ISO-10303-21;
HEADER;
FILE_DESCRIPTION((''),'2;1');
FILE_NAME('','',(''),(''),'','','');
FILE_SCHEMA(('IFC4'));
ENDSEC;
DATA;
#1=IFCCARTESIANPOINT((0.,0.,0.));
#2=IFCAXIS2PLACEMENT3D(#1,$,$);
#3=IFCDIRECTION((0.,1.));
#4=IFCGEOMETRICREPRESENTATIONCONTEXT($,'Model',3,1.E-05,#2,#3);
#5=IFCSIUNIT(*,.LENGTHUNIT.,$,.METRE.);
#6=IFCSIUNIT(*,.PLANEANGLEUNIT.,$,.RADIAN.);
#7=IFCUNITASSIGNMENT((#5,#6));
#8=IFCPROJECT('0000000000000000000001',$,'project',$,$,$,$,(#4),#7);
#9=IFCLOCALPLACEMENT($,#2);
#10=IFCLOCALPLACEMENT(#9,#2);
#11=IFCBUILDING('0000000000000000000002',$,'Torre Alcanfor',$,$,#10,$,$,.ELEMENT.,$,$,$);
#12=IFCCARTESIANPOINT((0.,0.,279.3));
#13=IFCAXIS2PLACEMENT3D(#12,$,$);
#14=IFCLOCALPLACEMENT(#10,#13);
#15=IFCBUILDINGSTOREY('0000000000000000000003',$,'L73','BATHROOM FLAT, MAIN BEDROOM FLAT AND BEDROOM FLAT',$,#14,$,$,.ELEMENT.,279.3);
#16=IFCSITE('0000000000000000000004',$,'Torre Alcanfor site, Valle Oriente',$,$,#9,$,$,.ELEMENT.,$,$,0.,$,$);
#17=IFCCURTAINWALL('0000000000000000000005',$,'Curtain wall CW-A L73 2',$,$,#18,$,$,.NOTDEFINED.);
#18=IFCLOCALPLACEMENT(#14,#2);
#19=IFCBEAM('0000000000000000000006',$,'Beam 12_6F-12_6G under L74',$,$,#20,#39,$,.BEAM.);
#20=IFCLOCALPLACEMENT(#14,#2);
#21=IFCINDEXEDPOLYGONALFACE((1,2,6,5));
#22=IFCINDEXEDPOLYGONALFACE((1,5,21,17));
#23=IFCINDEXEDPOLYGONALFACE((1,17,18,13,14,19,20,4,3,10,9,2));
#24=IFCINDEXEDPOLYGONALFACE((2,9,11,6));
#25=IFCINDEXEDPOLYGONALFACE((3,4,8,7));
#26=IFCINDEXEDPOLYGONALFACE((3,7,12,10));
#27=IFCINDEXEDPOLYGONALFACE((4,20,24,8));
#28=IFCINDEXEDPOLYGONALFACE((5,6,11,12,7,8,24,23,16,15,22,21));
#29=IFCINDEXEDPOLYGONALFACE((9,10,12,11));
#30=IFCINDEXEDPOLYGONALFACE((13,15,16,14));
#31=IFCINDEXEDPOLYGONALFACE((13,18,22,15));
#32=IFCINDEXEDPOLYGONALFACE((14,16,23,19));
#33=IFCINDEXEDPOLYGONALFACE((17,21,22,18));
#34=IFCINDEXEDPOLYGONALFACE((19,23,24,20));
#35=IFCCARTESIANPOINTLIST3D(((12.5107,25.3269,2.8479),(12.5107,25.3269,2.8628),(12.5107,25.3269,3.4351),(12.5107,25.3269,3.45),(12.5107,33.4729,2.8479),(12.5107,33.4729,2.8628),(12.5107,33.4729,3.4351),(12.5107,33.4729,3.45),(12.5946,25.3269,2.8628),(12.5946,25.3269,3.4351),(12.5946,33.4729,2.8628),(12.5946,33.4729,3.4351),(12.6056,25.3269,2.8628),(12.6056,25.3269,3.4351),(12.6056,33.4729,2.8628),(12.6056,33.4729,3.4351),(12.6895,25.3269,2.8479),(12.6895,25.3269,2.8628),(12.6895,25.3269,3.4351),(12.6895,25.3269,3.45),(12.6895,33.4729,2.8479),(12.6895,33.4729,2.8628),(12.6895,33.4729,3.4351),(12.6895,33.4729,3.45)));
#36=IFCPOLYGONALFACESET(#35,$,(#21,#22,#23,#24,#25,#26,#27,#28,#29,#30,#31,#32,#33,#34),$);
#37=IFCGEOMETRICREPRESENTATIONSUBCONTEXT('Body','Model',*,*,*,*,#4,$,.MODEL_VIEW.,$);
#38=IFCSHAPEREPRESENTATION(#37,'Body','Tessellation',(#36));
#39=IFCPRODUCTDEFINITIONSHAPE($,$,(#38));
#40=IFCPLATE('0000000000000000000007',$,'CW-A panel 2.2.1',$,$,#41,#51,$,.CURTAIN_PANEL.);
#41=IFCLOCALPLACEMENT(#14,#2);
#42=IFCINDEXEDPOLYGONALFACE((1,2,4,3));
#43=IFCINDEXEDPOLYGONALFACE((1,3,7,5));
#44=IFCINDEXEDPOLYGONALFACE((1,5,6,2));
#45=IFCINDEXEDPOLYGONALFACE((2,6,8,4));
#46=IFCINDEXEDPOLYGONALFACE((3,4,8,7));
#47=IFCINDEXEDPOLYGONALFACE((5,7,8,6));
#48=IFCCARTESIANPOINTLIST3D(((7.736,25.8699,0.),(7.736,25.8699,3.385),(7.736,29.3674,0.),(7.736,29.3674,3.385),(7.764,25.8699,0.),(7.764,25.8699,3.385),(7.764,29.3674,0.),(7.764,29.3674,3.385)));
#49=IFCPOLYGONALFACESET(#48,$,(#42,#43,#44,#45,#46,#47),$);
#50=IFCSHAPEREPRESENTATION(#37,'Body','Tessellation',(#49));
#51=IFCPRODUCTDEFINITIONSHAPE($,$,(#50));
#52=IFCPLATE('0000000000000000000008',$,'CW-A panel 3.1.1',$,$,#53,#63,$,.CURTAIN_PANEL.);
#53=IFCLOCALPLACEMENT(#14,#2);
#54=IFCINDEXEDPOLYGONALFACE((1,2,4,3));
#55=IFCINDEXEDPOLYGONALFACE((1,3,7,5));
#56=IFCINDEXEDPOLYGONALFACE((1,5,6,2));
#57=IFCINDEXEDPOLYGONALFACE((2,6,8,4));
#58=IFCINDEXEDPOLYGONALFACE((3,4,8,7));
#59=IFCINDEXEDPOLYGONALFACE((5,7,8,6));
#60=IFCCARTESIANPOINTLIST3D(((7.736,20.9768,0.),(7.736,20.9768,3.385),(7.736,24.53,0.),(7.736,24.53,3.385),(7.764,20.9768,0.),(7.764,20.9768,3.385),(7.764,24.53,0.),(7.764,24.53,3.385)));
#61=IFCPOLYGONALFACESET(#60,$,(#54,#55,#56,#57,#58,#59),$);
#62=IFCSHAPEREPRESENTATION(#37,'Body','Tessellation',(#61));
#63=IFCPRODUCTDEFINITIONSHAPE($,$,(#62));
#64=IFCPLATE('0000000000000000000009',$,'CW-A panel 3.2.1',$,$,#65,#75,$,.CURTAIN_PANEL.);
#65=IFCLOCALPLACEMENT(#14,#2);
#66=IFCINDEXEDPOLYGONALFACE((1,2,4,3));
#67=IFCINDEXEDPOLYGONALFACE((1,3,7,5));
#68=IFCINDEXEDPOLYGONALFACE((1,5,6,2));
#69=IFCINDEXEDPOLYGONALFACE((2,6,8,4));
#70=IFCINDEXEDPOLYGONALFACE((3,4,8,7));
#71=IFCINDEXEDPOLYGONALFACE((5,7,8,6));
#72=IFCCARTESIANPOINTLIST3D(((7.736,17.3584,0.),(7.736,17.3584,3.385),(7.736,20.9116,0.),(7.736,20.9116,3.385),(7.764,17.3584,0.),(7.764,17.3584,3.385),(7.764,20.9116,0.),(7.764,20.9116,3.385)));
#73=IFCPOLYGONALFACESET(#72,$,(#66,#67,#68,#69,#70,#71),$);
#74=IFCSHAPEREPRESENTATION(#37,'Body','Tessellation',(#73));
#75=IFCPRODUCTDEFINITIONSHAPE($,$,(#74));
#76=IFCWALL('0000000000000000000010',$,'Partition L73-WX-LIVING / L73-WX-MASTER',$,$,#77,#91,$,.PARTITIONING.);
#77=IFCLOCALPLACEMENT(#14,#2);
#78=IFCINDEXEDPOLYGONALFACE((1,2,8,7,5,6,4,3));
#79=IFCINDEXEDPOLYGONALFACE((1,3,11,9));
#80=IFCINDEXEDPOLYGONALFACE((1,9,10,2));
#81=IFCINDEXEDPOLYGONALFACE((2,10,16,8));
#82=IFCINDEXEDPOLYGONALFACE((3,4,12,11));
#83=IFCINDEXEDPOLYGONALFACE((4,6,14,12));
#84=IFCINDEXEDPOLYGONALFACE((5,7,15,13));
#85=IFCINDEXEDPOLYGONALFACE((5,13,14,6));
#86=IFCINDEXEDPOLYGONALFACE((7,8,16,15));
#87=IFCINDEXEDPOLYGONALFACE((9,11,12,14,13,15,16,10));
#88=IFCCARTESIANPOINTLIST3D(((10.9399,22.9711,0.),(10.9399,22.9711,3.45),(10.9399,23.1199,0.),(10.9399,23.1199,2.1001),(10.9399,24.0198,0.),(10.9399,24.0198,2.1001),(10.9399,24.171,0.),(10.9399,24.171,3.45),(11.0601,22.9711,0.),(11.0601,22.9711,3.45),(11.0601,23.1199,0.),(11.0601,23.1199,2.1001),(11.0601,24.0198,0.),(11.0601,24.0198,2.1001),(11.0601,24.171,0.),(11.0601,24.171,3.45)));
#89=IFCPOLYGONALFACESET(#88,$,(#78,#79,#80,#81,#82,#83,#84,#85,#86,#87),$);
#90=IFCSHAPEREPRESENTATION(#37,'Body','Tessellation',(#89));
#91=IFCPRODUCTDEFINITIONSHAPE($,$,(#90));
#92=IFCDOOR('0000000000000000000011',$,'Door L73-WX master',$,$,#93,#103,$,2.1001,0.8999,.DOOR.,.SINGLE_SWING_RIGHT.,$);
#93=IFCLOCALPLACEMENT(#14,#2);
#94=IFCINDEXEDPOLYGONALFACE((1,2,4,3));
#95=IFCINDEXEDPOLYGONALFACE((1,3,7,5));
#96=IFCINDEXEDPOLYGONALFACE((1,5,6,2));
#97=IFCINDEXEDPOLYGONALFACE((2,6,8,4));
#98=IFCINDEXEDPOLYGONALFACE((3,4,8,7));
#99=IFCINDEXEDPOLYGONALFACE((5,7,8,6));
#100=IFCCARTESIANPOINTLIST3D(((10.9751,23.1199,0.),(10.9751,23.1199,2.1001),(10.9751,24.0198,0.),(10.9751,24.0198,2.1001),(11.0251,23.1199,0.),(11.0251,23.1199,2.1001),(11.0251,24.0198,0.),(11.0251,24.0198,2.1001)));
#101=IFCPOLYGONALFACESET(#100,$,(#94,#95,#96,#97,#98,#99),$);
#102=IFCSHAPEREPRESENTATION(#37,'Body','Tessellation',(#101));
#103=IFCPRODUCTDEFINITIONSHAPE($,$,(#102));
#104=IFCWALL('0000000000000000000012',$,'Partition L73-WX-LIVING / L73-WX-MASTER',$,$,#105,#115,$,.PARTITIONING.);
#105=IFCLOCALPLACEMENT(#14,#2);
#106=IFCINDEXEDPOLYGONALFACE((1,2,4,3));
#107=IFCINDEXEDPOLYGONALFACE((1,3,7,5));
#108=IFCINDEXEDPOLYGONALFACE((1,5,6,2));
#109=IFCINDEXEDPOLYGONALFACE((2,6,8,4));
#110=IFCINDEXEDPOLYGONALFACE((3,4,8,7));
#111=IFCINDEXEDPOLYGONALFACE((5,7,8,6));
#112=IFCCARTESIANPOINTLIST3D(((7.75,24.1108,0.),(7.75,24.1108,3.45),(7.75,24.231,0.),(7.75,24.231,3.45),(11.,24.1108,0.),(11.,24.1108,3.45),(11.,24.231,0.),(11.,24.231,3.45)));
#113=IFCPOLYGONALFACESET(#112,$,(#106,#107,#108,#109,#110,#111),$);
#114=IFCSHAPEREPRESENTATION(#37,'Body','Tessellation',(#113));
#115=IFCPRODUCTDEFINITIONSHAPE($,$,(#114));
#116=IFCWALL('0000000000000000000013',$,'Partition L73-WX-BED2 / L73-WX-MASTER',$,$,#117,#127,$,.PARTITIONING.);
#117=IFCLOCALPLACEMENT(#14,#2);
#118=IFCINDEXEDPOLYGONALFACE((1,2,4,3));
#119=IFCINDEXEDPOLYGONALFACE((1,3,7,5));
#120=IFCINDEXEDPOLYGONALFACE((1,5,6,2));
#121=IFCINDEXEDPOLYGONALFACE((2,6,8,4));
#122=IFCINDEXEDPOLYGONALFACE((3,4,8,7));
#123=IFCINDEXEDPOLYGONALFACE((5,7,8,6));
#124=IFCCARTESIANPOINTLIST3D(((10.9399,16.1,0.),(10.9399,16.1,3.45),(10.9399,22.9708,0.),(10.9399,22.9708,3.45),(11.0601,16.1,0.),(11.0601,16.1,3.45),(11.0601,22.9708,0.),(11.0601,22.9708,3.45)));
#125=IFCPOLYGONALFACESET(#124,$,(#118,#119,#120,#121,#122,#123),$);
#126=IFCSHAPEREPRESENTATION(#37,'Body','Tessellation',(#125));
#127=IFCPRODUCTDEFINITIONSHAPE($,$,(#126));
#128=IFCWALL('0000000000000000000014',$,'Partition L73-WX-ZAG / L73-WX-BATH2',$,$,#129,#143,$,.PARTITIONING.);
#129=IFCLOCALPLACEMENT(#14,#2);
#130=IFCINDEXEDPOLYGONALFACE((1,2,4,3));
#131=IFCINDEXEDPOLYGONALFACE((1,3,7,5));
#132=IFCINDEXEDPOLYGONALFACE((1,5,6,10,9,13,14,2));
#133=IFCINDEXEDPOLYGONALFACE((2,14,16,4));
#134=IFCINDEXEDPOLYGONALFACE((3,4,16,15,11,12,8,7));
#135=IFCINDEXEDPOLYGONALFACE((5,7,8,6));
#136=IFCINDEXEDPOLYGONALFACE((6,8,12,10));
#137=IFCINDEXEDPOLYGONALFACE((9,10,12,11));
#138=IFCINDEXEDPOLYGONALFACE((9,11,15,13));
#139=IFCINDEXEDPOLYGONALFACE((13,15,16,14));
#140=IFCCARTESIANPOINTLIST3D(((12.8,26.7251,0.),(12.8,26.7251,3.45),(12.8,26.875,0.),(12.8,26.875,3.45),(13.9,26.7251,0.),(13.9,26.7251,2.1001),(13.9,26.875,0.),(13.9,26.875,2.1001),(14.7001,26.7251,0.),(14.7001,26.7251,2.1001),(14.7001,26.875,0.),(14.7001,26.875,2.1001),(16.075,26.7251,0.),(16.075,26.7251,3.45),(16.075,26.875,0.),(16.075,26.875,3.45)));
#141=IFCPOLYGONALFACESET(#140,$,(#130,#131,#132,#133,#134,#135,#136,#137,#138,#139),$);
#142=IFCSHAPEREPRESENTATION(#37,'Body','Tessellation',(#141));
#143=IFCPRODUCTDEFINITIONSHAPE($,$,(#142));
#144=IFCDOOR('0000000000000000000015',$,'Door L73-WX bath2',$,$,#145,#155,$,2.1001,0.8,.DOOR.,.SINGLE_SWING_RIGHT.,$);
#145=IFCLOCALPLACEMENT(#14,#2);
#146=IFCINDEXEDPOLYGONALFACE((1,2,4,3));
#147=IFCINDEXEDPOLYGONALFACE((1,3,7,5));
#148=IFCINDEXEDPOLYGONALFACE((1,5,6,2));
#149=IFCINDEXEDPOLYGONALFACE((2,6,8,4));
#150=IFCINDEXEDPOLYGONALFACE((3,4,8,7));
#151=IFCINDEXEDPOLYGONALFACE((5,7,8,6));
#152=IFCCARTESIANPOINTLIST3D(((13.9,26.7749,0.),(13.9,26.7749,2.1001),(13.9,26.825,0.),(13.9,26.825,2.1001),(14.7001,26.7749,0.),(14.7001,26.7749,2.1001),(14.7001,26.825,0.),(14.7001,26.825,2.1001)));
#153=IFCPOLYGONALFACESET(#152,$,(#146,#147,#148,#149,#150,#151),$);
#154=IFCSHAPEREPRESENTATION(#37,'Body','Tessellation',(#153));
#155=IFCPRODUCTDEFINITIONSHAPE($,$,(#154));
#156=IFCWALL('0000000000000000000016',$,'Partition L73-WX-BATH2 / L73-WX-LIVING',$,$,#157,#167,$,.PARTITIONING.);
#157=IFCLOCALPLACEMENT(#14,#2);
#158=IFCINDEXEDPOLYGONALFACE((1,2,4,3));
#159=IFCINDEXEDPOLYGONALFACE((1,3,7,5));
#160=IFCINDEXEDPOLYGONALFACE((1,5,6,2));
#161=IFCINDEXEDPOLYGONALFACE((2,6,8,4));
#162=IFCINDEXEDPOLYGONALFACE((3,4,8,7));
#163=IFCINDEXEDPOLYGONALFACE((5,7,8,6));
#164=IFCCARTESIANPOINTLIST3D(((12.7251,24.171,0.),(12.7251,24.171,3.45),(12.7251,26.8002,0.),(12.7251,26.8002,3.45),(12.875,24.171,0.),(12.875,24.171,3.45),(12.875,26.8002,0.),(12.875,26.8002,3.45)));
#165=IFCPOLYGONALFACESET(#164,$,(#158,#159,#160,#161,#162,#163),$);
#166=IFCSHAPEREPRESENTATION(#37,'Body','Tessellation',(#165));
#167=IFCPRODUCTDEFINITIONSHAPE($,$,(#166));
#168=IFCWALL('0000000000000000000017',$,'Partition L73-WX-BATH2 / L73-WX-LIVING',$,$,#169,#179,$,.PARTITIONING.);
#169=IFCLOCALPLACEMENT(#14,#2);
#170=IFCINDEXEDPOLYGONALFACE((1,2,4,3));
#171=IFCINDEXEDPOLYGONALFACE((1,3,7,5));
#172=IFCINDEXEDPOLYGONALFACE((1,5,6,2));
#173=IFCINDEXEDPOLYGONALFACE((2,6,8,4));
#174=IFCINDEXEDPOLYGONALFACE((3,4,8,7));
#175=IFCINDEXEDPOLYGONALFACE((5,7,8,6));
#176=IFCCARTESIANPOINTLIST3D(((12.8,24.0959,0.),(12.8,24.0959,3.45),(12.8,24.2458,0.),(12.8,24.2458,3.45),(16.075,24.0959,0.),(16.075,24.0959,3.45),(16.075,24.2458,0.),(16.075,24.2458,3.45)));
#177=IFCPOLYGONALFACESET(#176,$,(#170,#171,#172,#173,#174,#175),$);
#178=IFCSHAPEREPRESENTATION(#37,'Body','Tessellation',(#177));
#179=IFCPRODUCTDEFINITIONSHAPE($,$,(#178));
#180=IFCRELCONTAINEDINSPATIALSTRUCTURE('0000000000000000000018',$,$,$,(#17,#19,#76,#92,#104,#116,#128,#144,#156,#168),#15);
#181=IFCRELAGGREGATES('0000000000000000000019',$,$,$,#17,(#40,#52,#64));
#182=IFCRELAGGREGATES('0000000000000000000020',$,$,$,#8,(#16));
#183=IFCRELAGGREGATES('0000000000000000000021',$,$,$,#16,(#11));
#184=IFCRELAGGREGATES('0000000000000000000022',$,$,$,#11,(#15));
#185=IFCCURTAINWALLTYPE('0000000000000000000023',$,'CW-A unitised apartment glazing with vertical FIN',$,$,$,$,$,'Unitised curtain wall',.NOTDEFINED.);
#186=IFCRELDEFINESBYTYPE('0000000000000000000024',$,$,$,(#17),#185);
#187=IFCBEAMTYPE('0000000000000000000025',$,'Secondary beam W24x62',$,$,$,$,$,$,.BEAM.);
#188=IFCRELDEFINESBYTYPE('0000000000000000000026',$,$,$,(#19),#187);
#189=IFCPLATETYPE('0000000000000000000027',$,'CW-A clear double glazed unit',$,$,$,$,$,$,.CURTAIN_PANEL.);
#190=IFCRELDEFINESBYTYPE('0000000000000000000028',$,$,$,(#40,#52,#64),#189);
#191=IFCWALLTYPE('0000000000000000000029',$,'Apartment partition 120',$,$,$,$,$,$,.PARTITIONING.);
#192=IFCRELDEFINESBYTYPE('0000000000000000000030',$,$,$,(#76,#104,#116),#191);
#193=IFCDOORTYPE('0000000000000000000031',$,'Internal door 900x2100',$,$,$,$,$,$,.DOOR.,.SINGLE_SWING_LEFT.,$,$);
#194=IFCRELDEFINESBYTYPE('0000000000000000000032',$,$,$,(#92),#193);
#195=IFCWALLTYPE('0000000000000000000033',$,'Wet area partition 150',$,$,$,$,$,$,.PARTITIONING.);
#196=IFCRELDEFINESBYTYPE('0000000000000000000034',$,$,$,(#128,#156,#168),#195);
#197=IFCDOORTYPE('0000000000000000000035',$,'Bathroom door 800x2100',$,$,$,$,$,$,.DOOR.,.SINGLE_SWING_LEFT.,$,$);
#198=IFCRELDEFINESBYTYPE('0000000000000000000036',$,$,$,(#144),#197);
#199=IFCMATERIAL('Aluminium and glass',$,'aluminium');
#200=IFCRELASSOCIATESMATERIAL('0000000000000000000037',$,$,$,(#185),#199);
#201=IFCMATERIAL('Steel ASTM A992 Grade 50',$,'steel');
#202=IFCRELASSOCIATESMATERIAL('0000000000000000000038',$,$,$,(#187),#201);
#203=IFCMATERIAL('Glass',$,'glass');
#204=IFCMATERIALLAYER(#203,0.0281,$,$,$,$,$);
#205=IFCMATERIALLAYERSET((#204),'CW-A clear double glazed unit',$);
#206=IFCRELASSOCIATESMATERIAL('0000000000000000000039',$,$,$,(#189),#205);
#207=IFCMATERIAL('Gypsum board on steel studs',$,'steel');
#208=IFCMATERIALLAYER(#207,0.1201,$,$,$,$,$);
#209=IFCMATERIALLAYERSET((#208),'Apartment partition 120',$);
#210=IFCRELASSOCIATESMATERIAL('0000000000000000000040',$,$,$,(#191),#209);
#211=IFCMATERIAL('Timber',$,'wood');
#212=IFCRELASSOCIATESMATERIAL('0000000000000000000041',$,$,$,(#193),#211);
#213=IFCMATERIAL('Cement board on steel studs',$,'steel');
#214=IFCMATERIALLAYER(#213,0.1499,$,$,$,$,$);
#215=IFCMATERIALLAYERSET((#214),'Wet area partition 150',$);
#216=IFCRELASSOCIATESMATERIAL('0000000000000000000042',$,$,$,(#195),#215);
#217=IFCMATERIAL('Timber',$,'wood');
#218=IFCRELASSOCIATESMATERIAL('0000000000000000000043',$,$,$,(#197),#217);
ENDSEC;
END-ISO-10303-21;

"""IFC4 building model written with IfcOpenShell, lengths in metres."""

from ifc_helpers import new_model, si_unit, direction, frame, frame_2d, origin, origin_2d, place, context, subcontext, project, spatial, rectangle, i_section, extrude, material, layer, layer_set, material_profile, profile_set, type_object, element, fill, aggregate, save


model = new_model("IFC4")

# Units and contexts
model_context = context("Model", 3, precision=1e-05, world=origin(), true_north=direction((0.0, 1.0)))
body_context = subcontext(model_context, "Body", "Model", "MODEL_VIEW")
ifc_project = project(units=[si_unit("LENGTHUNIT", "METRE"), si_unit("PLANEANGLEUNIT", "RADIAN")], contexts=[model_context])

# Site, building, storey
site_placement = place(None, origin())
site = spatial("IfcSite", under=ifc_project, at=site_placement, Name="Torre Alcanfor site, Valle Oriente", CompositionType="ELEMENT", RefElevation=0.0)
building_placement = place(site_placement, origin())
building = spatial("IfcBuilding", under=site, at=building_placement, Name="Torre Alcanfor", CompositionType="ELEMENT")
storey_placement = place(building_placement, frame((0.0, 0.0, 279.3)))
storey = spatial("IfcBuildingStorey", under=building, at=storey_placement, Name="L73", Description="BATHROOM FLAT, MAIN BEDROOM FLAT AND BEDROOM FLAT", CompositionType="ELEMENT", Elevation=279.3)

# Curtain wall
ifc_material_1 = material(Name="Aluminium and glass", Category="aluminium")
curtain_wall_type = type_object("IfcCurtainWallType", Name="CW-A unitised apartment glazing with vertical FIN", ElementType="Unitised curtain wall", PredefinedType="NOTDEFINED", material=ifc_material_1)
curtain_wall_placement = place(storey_placement, origin())
curtain_wall = element("IfcCurtainWall", 1, at=curtain_wall_placement, inside=storey, type_object=curtain_wall_type, Name="Curtain wall CW-A L73 2", PredefinedType="NOTDEFINED")

# Beam
ifc_material_2 = material(Name="Steel ASTM A992 Grade 50", Category="steel")
ifc_material_profile_1 = material_profile(ifc_material_2, i_section(OverallWidth=0.1787, OverallDepth=0.6021, WebThickness=0.011, FlangeThickness=0.0149, at=origin_2d()), Name="W24x62")
ifc_profile_set_1 = profile_set([ifc_material_profile_1], Name="Steel ASTM A992 Grade 50")
beam_type_1 = type_object("IfcBeamType", Name="Secondary beam W24x62", PredefinedType="BEAM", material=ifc_profile_set_1)
beam_1_placement = place(storey_placement, frame((12.6001, 25.3269, 3.1489), z_axis=(0.0, 1.0, 0.0), x_axis=(-1.0, 0.0, 0.0)))
element("IfcBeam", 2, at=beam_1_placement, inside=storey, type_object=beam_type_1, Name="Beam 12_6F-12_6G under L74", PredefinedType="BEAM", context=body_context, shape_type="SweptSolid", body=[
    extrude(i_section(OverallWidth=0.1787, OverallDepth=0.6021, WebThickness=0.011, FlangeThickness=0.0149, at=origin_2d()), origin(), (0.0, 0.0, 1.0), 8.146),
])

# Plates
ifc_material_3 = material(Name="Glass", Category="glass")
ifc_layer_1 = layer(ifc_material_3, 0.0281)
ifc_layer_set_1 = layer_set([ifc_layer_1], Name="CW-A clear double glazed unit")
plate_type = type_object("IfcPlateType", Name="CW-A clear double glazed unit", PredefinedType="CURTAIN_PANEL", material=ifc_layer_set_1)
plate_1_placement = place(storey_placement, frame((7.75, 27.6187, 0.0), z_axis=(0.0, 0.0, 1.0), x_axis=(0.0, -1.0, 0.0)))
plate_1 = element("IfcPlate", 3, at=plate_1_placement, type_object=plate_type, Name="CW-A panel 2.2.1", PredefinedType="CURTAIN_PANEL", context=body_context, shape_type="SweptSolid", body=[
    extrude(rectangle(XDim=3.4976, YDim=0.0281, at=origin_2d()), origin(), (0.0, 0.0, 1.0), 3.385),
])
plate_2_placement = place(storey_placement, frame((7.75, 22.7534, 0.0), z_axis=(0.0, 0.0, 1.0), x_axis=(0.0, -1.0, 0.0)))
plate_2 = element("IfcPlate", 4, at=plate_2_placement, type_object=plate_type, Name="CW-A panel 3.1.1", PredefinedType="CURTAIN_PANEL", context=body_context, shape_type="SweptSolid", body=[
    extrude(rectangle(XDim=3.5532, YDim=0.0281, at=origin_2d()), origin(), (0.0, 0.0, 1.0), 3.385),
])
plate_3_placement = place(storey_placement, frame((7.75, 19.135, 0.0), z_axis=(0.0, 0.0, 1.0), x_axis=(0.0, -1.0, 0.0)))
plate_3 = element("IfcPlate", 5, at=plate_3_placement, type_object=plate_type, Name="CW-A panel 3.2.1", PredefinedType="CURTAIN_PANEL", context=body_context, shape_type="SweptSolid", body=[
    extrude(rectangle(XDim=3.5532, YDim=0.0281, at=origin_2d()), origin(), (0.0, 0.0, 1.0), 3.385),
])
aggregate(curtain_wall, [plate_1, plate_2, plate_3])

# Wall, opening, door
ifc_material_4 = material(Name="Gypsum board on steel studs", Category="steel")
ifc_layer_2 = layer(ifc_material_4, 0.1201)
ifc_layer_set_2 = layer_set([ifc_layer_2], Name="Apartment partition 120")
wall_type_1 = type_object("IfcWallType", Name="Apartment partition 120", PredefinedType="PARTITIONING", material=ifc_layer_set_2)
wall_1_placement = place(storey_placement, frame((11.0, 22.9709, 0.0), z_axis=(0.0, 0.0, 1.0), x_axis=(0.0, 1.0, 0.0)))
wall_1 = element("IfcWall", 6, at=wall_1_placement, inside=storey, type_object=wall_type_1, Name="Partition L73-WX-LIVING / L73-WX-MASTER", PredefinedType="PARTITIONING", context=body_context, shape_type="SweptSolid", body=[
    extrude(rectangle(XDim=1.2, YDim=0.1201, at=frame_2d((0.6001, 0.0))), origin(), (0.0, 0.0, 1.0), 3.45),
])
opening_1_placement = place(wall_1_placement, frame((0.1489, 0.0, 0.0)))
opening_1 = element("IfcOpeningElement", 7, at=opening_1_placement, cuts=wall_1, PredefinedType="OPENING", context=body_context, shape_type="SweptSolid", body=[
    extrude(rectangle(XDim=0.8999, YDim=2.1001, at=frame_2d((0.45, 1.05))), frame((0.0, 0.0701, 0.0), z_axis=(0.0, -1.0, 0.0), x_axis=(1.0, 0.0, 0.0)), (0.0, 0.0, 1.0), 0.1401),
])
ifc_material_5 = material(Name="Timber", Category="wood")
door_type_1 = type_object("IfcDoorType", Name="Internal door 900x2100", OperationType="SINGLE_SWING_LEFT", PredefinedType="DOOR", material=ifc_material_5)
door_1_placement = place(opening_1_placement, origin())
door_1 = element("IfcDoor", 8, at=door_1_placement, inside=storey, type_object=door_type_1, Name="Door L73-WX master", OperationType="SINGLE_SWING_RIGHT", OverallHeight=2.1001, OverallWidth=0.8999, PredefinedType="DOOR", context=body_context, shape_type="SweptSolid", body=[
    extrude(rectangle(XDim=0.8999, YDim=2.1001, at=frame_2d((0.45, 1.05))), frame((0.0, 0.0249, 0.0), z_axis=(0.0, -1.0, 0.0), x_axis=(1.0, 0.0, 0.0)), (0.0, 0.0, 1.0), 0.05),
])
fill(opening_1, door_1)

# Walls
wall_2_placement = place(storey_placement, frame((11.0, 24.1709, 0.0), z_axis=(0.0, 0.0, 1.0), x_axis=(-1.0, 0.0, 0.0)))
element("IfcWall", 9, at=wall_2_placement, inside=storey, type_object=wall_type_1, Name="Partition L73-WX-LIVING / L73-WX-MASTER", PredefinedType="PARTITIONING", context=body_context, shape_type="SweptSolid", body=[
    extrude(rectangle(XDim=3.25, YDim=0.1201, at=frame_2d((1.625, 0.0))), origin(), (0.0, 0.0, 1.0), 3.45),
])
wall_3_placement = place(storey_placement, frame((11.0, 22.9709, 0.0), z_axis=(0.0, 0.0, 1.0), x_axis=(0.0, -1.0, 0.0)))
element("IfcWall", 10, at=wall_3_placement, inside=storey, type_object=wall_type_1, Name="Partition L73-WX-BED2 / L73-WX-MASTER", PredefinedType="PARTITIONING", context=body_context, shape_type="SweptSolid", body=[
    extrude(rectangle(XDim=6.8708, YDim=0.1201, at=frame_2d((3.4355, 0.0))), origin(), (0.0, 0.0, 1.0), 3.45),
])

# Wall, opening, door
ifc_material_6 = material(Name="Cement board on steel studs", Category="steel")
ifc_layer_3 = layer(ifc_material_6, 0.1499)
ifc_layer_set_3 = layer_set([ifc_layer_3], Name="Wet area partition 150")
wall_type_2 = type_object("IfcWallType", Name="Wet area partition 150", PredefinedType="PARTITIONING", material=ifc_layer_set_3)
wall_4_placement = place(storey_placement, frame((12.8, 26.8, 0.0), z_axis=(0.0, 0.0, 1.0), x_axis=(1.0, 0.0, 0.0)))
wall_4 = element("IfcWall", 11, at=wall_4_placement, inside=storey, type_object=wall_type_2, Name="Partition L73-WX-ZAG / L73-WX-BATH2", PredefinedType="PARTITIONING", context=body_context, shape_type="SweptSolid", body=[
    extrude(rectangle(XDim=3.2749, YDim=0.1499, at=frame_2d((1.6375, 0.0))), origin(), (0.0, 0.0, 1.0), 3.45),
])
opening_2_placement = place(wall_4_placement, frame((1.1001, 0.0, 0.0)))
opening_2 = element("IfcOpeningElement", 12, at=opening_2_placement, cuts=wall_4, PredefinedType="OPENING", context=body_context, shape_type="SweptSolid", body=[
    extrude(rectangle(XDim=0.8, YDim=2.1001, at=frame_2d((0.3999, 1.05))), frame((0.0, 0.085, 0.0), z_axis=(0.0, -1.0, 0.0), x_axis=(1.0, 0.0, 0.0)), (0.0, 0.0, 1.0), 0.1699),
])
ifc_material_7 = material(Name="Timber", Category="wood")
door_type_2 = type_object("IfcDoorType", Name="Bathroom door 800x2100", OperationType="SINGLE_SWING_LEFT", PredefinedType="DOOR", material=ifc_material_7)
door_2_placement = place(opening_2_placement, frame((0.8, 0.0, 0.0), z_axis=(0.0, 0.0, 1.0), x_axis=(-1.0, 0.0, 0.0)))
door_2 = element("IfcDoor", 13, at=door_2_placement, inside=storey, type_object=door_type_2, Name="Door L73-WX bath2", OperationType="SINGLE_SWING_RIGHT", OverallHeight=2.1001, OverallWidth=0.8, PredefinedType="DOOR", context=body_context, shape_type="SweptSolid", body=[
    extrude(rectangle(XDim=0.8, YDim=2.1001, at=frame_2d((0.4001, 1.05))), frame((0.0, 0.0251, 0.0), z_axis=(0.0, -1.0, 0.0), x_axis=(1.0, 0.0, 0.0)), (0.0, 0.0, 1.0), 0.05),
])
fill(opening_2, door_2)

# Walls
wall_5_placement = place(storey_placement, frame((12.8, 26.8, 0.0), z_axis=(0.0, 0.0, 1.0), x_axis=(0.0, -1.0, 0.0)))
element("IfcWall", 14, at=wall_5_placement, inside=storey, type_object=wall_type_2, Name="Partition L73-WX-BATH2 / L73-WX-LIVING", PredefinedType="PARTITIONING", context=body_context, shape_type="SweptSolid", body=[
    extrude(rectangle(XDim=2.6292, YDim=0.1499, at=frame_2d((1.3145, 0.0))), origin(), (0.0, 0.0, 1.0), 3.45),
])
wall_6_placement = place(storey_placement, frame((12.8, 24.1709, 0.0), z_axis=(0.0, 0.0, 1.0), x_axis=(1.0, 0.0, 0.0)))
element("IfcWall", 15, at=wall_6_placement, inside=storey, type_object=wall_type_2, Name="Partition L73-WX-BATH2 / L73-WX-LIVING", PredefinedType="PARTITIONING", context=body_context, shape_type="SweptSolid", body=[
    extrude(rectangle(XDim=3.2749, YDim=0.1499, at=frame_2d((1.6375, 0.0))), origin(), (0.0, 0.0, 1.0), 3.45),
])

save(model, "model.ifc")
